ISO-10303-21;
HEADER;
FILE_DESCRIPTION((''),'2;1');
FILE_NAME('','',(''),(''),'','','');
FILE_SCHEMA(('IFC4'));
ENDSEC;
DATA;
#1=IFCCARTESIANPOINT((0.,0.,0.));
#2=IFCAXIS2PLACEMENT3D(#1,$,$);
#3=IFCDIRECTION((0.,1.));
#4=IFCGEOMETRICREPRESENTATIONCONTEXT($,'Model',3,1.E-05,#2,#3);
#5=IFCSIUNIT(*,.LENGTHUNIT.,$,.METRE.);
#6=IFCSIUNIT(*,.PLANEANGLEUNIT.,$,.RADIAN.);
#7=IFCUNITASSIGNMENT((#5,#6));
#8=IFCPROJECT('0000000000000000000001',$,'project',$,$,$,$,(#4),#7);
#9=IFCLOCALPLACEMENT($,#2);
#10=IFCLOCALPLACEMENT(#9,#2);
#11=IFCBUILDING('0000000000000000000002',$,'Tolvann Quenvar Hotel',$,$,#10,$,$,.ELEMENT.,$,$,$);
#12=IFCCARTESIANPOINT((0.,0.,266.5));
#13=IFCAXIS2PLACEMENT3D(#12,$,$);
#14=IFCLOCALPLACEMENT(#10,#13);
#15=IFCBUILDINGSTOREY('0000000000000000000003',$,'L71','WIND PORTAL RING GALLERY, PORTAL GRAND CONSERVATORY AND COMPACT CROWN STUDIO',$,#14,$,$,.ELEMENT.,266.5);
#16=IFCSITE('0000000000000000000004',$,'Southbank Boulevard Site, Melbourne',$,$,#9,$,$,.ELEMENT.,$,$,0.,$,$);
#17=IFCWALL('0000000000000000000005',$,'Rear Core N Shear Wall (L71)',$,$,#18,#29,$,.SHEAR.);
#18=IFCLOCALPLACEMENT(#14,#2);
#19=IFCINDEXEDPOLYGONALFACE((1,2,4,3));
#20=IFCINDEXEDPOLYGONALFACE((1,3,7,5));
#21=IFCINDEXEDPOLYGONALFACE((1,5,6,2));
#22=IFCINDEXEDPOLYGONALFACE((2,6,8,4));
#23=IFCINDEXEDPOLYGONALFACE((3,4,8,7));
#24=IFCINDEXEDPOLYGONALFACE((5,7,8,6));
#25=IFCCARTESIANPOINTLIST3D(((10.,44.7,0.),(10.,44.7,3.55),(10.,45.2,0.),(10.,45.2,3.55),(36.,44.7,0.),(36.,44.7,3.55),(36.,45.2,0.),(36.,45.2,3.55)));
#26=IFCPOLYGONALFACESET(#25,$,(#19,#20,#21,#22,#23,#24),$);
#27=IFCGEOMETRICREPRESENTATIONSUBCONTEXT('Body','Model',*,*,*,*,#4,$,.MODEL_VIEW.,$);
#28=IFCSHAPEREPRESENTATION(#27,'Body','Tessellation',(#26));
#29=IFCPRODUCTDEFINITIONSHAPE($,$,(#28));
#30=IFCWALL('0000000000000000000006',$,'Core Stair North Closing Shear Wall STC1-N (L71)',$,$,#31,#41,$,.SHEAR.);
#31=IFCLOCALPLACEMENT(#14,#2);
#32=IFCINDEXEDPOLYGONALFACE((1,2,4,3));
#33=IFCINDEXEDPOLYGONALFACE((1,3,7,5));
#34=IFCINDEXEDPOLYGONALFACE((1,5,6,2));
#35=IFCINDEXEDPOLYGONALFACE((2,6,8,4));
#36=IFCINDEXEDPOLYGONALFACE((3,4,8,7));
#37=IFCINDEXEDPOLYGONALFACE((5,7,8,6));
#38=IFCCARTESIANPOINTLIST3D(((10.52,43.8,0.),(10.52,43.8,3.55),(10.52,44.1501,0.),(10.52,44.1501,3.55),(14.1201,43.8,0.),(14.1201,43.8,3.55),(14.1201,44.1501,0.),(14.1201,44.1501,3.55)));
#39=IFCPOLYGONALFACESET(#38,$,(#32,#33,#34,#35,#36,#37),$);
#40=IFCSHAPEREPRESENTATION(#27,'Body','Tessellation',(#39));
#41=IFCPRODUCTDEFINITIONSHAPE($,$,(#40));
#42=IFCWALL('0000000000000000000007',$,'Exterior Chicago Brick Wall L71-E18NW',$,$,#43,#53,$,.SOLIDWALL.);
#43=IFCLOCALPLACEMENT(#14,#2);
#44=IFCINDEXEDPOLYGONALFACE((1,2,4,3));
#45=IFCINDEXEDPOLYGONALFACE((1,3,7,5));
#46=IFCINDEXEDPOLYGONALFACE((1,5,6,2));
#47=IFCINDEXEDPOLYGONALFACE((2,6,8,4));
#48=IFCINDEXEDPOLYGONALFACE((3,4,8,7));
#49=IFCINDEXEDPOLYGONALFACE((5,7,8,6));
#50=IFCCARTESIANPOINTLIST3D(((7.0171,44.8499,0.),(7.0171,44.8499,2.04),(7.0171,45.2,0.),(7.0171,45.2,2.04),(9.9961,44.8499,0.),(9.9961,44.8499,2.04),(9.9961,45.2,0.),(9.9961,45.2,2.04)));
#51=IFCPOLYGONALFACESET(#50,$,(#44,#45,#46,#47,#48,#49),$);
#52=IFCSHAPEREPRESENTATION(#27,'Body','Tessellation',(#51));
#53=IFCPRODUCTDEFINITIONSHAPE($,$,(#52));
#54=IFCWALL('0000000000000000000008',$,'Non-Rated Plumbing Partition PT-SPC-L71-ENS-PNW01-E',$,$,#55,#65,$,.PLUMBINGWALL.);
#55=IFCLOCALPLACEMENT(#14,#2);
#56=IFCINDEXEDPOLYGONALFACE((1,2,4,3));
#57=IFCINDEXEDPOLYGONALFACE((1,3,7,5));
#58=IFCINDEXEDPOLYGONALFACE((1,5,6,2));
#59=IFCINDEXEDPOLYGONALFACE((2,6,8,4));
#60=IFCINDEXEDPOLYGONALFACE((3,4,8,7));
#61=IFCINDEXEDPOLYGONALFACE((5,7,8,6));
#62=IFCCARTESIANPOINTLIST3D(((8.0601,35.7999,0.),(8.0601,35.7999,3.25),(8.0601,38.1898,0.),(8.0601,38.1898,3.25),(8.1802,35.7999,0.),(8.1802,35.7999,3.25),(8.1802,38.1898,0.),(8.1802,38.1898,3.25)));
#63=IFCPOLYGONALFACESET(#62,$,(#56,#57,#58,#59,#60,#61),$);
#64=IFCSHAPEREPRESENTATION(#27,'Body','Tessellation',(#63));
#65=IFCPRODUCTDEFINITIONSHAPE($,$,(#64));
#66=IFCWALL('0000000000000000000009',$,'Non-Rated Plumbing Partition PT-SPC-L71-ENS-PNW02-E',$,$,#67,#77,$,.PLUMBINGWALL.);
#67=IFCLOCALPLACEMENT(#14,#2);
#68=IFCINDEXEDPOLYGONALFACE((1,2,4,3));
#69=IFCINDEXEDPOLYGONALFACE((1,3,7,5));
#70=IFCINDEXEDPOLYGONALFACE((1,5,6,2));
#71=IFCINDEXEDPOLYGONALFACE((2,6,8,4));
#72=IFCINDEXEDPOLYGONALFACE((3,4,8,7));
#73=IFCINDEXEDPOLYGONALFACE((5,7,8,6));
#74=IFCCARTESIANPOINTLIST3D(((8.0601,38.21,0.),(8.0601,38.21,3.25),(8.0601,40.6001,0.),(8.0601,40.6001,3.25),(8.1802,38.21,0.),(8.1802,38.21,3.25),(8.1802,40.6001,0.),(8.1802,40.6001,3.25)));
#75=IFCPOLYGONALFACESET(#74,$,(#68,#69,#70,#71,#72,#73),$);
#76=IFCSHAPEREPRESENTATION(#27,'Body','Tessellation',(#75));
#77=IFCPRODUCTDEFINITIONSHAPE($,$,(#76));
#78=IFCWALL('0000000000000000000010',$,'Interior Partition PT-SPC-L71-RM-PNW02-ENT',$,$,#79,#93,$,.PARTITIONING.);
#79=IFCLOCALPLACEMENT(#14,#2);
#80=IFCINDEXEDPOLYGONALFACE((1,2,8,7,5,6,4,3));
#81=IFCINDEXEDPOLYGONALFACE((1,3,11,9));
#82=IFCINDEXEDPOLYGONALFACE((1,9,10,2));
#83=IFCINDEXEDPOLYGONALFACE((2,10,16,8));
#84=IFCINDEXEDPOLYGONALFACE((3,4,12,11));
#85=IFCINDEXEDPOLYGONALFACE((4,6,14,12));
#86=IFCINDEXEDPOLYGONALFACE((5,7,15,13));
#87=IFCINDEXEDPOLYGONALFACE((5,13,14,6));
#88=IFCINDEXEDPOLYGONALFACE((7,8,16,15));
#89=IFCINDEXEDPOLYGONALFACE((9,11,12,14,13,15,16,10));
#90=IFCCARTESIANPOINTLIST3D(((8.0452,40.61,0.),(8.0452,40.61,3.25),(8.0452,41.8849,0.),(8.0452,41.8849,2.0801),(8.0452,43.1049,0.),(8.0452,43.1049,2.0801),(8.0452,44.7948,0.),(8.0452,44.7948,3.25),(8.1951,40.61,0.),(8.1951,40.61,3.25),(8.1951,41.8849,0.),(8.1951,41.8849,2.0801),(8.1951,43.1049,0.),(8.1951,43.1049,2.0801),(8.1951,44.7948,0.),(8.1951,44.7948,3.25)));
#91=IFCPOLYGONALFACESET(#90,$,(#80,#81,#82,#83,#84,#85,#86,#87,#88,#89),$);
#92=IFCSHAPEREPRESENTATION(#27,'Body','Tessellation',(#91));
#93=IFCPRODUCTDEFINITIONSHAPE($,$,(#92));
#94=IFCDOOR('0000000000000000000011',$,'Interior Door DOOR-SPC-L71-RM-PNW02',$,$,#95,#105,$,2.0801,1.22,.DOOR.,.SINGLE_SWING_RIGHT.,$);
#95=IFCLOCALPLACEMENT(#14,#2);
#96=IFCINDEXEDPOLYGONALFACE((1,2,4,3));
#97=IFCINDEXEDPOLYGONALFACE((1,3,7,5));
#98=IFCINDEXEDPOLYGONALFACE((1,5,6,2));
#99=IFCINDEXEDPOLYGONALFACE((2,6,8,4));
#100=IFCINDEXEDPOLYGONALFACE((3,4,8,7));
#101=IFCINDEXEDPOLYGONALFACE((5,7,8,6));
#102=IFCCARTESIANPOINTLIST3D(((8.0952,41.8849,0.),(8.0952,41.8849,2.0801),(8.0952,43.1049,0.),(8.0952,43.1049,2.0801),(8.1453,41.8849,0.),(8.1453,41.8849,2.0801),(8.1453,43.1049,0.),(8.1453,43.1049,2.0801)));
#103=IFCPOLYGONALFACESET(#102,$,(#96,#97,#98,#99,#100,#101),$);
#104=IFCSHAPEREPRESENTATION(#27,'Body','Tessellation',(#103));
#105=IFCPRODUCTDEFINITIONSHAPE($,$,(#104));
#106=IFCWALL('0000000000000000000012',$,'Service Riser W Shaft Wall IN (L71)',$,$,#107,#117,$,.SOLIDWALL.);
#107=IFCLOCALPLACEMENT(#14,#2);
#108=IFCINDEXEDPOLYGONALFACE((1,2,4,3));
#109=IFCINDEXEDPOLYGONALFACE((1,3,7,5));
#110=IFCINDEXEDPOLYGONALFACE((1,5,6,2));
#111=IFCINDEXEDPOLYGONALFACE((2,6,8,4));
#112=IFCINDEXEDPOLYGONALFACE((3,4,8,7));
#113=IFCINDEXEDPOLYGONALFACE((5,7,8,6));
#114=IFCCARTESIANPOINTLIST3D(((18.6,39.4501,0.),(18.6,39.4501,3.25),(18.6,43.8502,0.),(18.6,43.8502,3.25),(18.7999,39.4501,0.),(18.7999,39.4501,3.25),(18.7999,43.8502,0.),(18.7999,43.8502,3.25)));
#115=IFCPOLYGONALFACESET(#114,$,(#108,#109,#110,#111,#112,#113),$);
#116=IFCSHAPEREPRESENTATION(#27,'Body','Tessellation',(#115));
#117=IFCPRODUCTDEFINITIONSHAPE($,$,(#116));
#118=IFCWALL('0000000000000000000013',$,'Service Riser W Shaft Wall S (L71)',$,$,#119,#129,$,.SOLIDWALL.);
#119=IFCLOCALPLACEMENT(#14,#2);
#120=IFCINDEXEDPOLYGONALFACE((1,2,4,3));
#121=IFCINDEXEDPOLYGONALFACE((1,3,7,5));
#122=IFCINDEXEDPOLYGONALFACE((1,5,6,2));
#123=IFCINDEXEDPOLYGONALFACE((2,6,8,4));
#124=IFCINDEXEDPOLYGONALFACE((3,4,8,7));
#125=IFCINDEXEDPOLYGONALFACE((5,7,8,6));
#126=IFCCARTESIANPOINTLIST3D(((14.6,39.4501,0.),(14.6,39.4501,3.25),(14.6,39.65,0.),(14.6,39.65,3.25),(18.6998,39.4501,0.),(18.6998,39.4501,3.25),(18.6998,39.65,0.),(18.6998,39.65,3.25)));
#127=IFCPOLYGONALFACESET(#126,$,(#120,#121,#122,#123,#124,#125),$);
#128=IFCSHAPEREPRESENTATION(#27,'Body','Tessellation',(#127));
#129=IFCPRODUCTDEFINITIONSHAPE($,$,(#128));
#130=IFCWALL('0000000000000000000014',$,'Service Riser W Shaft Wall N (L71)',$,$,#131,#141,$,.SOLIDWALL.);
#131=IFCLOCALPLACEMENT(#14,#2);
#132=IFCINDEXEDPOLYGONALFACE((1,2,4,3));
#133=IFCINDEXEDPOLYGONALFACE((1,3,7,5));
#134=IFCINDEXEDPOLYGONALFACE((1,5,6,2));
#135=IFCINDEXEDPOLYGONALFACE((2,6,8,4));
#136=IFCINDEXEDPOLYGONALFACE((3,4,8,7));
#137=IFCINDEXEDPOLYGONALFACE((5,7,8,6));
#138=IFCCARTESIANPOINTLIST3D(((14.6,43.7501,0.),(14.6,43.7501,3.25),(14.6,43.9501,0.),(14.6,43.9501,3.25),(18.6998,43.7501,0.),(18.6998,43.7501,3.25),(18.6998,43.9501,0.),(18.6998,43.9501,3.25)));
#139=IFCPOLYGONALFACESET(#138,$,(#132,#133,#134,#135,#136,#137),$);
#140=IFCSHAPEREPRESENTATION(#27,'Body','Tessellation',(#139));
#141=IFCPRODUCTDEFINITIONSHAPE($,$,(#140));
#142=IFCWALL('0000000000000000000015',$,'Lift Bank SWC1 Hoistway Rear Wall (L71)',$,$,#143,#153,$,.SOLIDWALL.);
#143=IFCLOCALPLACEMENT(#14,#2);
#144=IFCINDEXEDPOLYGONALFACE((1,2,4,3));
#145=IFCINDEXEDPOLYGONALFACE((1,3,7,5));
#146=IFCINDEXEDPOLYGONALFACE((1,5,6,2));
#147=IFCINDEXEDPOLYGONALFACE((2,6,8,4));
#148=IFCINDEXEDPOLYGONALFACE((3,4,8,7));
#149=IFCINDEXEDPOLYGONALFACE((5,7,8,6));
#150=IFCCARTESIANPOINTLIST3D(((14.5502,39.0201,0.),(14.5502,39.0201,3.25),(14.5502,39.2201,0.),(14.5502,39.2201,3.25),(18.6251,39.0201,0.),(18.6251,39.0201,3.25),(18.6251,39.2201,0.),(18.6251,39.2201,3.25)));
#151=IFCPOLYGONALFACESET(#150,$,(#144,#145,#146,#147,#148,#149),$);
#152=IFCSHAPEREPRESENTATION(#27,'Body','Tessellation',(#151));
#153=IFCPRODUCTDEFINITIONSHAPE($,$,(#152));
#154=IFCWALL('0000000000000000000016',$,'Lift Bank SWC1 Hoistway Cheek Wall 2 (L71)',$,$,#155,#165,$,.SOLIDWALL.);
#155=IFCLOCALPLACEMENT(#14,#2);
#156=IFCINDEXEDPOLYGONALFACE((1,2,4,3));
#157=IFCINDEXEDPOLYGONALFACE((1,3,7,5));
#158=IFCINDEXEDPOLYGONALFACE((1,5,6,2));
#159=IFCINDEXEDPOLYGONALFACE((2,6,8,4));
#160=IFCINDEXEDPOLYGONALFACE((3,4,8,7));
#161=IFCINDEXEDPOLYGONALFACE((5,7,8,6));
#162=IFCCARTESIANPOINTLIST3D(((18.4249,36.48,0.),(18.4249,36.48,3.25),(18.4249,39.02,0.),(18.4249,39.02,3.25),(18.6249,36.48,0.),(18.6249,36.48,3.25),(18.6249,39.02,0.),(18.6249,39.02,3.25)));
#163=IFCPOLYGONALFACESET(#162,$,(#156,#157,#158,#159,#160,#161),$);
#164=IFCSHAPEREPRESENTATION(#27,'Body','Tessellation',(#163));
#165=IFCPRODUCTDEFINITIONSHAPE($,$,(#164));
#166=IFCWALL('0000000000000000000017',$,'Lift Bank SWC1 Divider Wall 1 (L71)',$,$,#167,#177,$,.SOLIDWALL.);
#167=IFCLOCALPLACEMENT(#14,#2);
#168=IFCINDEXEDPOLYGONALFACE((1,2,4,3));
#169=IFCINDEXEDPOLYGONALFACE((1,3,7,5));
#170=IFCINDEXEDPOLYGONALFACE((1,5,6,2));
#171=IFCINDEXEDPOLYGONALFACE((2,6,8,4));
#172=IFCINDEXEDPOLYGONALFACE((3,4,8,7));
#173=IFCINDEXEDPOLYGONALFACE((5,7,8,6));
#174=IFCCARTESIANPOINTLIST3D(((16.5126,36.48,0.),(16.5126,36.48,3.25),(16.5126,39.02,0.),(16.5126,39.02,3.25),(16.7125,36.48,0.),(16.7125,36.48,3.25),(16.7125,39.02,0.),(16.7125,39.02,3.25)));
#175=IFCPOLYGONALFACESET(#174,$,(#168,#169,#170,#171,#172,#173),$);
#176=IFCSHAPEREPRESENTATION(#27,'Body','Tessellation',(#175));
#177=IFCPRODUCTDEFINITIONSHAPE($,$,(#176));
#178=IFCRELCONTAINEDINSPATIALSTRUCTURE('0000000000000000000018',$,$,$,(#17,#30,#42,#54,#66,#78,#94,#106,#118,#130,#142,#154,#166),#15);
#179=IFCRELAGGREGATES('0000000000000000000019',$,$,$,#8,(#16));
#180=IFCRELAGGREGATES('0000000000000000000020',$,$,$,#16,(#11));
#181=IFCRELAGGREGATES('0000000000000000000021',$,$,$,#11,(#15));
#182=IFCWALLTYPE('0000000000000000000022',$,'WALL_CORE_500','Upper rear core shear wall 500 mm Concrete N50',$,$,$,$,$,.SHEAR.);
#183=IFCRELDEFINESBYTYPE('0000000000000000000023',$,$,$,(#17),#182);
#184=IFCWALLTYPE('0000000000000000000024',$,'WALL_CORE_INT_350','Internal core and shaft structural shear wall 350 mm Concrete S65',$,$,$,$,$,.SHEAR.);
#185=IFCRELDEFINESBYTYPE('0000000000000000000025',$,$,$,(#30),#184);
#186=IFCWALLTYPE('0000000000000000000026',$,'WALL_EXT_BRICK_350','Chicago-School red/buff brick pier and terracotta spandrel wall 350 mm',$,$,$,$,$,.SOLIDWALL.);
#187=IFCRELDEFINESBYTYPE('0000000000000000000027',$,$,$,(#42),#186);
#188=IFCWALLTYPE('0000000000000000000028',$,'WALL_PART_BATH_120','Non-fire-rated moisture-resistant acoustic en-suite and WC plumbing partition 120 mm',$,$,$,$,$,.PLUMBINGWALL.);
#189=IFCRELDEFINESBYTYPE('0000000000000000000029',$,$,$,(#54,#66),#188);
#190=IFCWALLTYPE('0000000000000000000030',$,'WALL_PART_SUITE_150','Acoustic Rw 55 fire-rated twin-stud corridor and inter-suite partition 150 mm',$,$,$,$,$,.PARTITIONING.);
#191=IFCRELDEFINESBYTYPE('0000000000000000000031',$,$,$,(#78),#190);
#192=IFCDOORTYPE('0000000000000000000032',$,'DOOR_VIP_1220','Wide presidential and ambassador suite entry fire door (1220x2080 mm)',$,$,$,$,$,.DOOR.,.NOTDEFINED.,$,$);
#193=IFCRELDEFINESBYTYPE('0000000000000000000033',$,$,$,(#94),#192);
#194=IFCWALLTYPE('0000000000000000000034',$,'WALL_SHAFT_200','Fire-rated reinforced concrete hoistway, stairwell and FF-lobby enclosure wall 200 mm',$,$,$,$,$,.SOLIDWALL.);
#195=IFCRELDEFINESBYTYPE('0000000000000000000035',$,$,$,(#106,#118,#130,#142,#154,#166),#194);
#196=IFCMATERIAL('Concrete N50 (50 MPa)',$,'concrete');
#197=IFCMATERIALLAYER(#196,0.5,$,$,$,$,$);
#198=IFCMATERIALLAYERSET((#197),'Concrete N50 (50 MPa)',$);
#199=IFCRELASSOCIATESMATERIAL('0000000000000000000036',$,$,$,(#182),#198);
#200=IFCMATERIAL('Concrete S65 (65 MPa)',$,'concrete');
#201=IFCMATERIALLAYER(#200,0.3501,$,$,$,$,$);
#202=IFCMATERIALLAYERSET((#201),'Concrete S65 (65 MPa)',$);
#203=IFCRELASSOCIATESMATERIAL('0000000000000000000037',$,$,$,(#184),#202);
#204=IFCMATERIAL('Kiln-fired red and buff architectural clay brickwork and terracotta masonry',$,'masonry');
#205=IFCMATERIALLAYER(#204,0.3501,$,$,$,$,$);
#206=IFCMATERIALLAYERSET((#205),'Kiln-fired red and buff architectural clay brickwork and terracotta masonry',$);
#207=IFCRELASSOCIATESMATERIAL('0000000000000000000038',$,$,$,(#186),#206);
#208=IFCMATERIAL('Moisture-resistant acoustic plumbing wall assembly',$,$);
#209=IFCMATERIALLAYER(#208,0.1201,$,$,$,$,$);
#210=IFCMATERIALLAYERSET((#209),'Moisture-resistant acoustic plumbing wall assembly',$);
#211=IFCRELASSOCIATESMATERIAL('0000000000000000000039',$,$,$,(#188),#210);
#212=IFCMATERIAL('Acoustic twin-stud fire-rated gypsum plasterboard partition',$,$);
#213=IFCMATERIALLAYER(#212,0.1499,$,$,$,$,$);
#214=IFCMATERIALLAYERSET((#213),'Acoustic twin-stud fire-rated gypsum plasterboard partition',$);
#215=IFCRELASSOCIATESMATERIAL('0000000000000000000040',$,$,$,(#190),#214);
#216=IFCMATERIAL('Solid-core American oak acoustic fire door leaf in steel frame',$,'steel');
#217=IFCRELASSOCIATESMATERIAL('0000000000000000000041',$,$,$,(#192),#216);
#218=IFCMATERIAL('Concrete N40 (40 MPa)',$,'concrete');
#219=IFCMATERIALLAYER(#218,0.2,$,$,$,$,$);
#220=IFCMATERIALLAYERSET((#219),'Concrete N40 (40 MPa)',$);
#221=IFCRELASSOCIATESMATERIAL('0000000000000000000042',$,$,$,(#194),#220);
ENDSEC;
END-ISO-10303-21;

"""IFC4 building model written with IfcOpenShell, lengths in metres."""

from ifc_helpers import new_model, si_unit, direction, frame, frame_2d, origin, place, context, subcontext, project, spatial, rectangle, extrude, source, transform, mapped, material, layer, layer_set, type_object, type_shapes, element, fill, save


model = new_model("IFC4")

# Units and contexts
model_context = context("Model", 3, precision=1e-05, world=origin(), true_north=direction((0.0, 1.0)))
body_context = subcontext(model_context, "Body", "Model", "MODEL_VIEW")
ifc_project = project(units=[si_unit("LENGTHUNIT", "METRE"), si_unit("PLANEANGLEUNIT", "RADIAN")], contexts=[model_context])

# Site, building, storey
site_placement = place(None, origin())
site = spatial("IfcSite", under=ifc_project, at=site_placement, Name="Southbank Boulevard Site, Melbourne", CompositionType="ELEMENT", RefElevation=0.0)
building_placement = place(site_placement, origin())
building = spatial("IfcBuilding", under=site, at=building_placement, Name="Tolvann Quenvar Hotel", CompositionType="ELEMENT")
storey_placement = place(building_placement, frame((0.0, 0.0, 266.5)))
storey = spatial("IfcBuildingStorey", under=building, at=storey_placement, Name="L71", Description="WIND PORTAL RING GALLERY, PORTAL GRAND CONSERVATORY AND COMPACT CROWN STUDIO", CompositionType="ELEMENT", Elevation=266.5)

# Walls
ifc_material_1 = material(Name="Concrete N50 (50 MPa)", Category="concrete")
ifc_layer_1 = layer(ifc_material_1, 0.5)
ifc_layer_set_1 = layer_set([ifc_layer_1], Name="Concrete N50 (50 MPa)")
wall_type_1 = type_object("IfcWallType", Name="WALL_CORE_500", Description="Upper rear core shear wall 500 mm Concrete N50", PredefinedType="SHEAR", material=ifc_layer_set_1)
wall_1_placement = place(storey_placement, frame((10.0, 44.95, 0.0), z_axis=(0.0, 0.0, 1.0), x_axis=(1.0, 0.0, 0.0)))
element("IfcWall", 1, at=wall_1_placement, inside=storey, type_object=wall_type_1, Name="Rear Core N Shear Wall (L71)", PredefinedType="SHEAR", context=body_context, shape_type="SweptSolid", body=[
    extrude(rectangle(XDim=26.0, YDim=0.5, at=frame_2d((13.0, 0.0))), origin(), (0.0, 0.0, 1.0), 3.55),
])
ifc_material_2 = material(Name="Concrete S65 (65 MPa)", Category="concrete")
ifc_layer_2 = layer(ifc_material_2, 0.3501)
ifc_layer_set_2 = layer_set([ifc_layer_2], Name="Concrete S65 (65 MPa)")
wall_type_2 = type_object("IfcWallType", Name="WALL_CORE_INT_350", Description="Internal core and shaft structural shear wall 350 mm Concrete S65", PredefinedType="SHEAR", material=ifc_layer_set_2)
wall_2_placement = place(storey_placement, frame((10.52, 43.9751, 0.0), z_axis=(0.0, 0.0, 1.0), x_axis=(1.0, 0.0, 0.0)))
element("IfcWall", 2, at=wall_2_placement, inside=storey, type_object=wall_type_2, Name="Core Stair North Closing Shear Wall STC1-N (L71)", PredefinedType="SHEAR", context=body_context, shape_type="SweptSolid", body=[
    extrude(rectangle(XDim=3.6001, YDim=0.3501, at=frame_2d((1.8, 0.0))), origin(), (0.0, 0.0, 1.0), 3.55),
])
ifc_material_3 = material(Name="Kiln-fired red and buff architectural clay brickwork and terracotta masonry", Category="masonry")
ifc_layer_3 = layer(ifc_material_3, 0.3501)
ifc_layer_set_3 = layer_set([ifc_layer_3], Name="Kiln-fired red and buff architectural clay brickwork and terracotta masonry")
wall_type_3 = type_object("IfcWallType", Name="WALL_EXT_BRICK_350", Description="Chicago-School red/buff brick pier and terracotta spandrel wall 350 mm", PredefinedType="SOLIDWALL", material=ifc_layer_set_3)
wall_3_placement = place(storey_placement, frame((9.9961, 45.0249, 0.0), z_axis=(0.0, 0.0, 1.0), x_axis=(-1.0, 0.0, 0.0)))
element("IfcWall", 3, at=wall_3_placement, inside=storey, type_object=wall_type_3, Name="Exterior Chicago Brick Wall L71-E18NW", PredefinedType="SOLIDWALL", context=body_context, shape_type="SweptSolid", body=[
    extrude(rectangle(XDim=2.979, YDim=0.3501, at=frame_2d((1.4895, 0.0))), origin(), (0.0, 0.0, 1.0), 2.04),
])
ifc_material_4 = material(Name="Moisture-resistant acoustic plumbing wall assembly")
ifc_layer_4 = layer(ifc_material_4, 0.1201)
ifc_layer_set_4 = layer_set([ifc_layer_4], Name="Moisture-resistant acoustic plumbing wall assembly")
wall_type_4 = type_object("IfcWallType", Name="WALL_PART_BATH_120", Description="Non-fire-rated moisture-resistant acoustic en-suite and WC plumbing partition 120 mm", PredefinedType="PLUMBINGWALL", material=ifc_layer_set_4)
wall_4_placement = place(storey_placement, frame((8.1201, 35.8, 0.0), z_axis=(0.0, 0.0, 1.0), x_axis=(0.0, 1.0, 0.0)))
element("IfcWall", 4, at=wall_4_placement, inside=storey, type_object=wall_type_4, Name="Non-Rated Plumbing Partition PT-SPC-L71-ENS-PNW01-E", PredefinedType="PLUMBINGWALL", context=body_context, shape_type="SweptSolid", body=[
    extrude(rectangle(XDim=2.3899, YDim=0.1201, at=frame_2d((1.1948, 0.0))), origin(), (0.0, 0.0, 1.0), 3.25),
])
wall_5_placement = place(storey_placement, frame((8.1201, 38.21, 0.0), z_axis=(0.0, 0.0, 1.0), x_axis=(0.0, 1.0, 0.0)))
element("IfcWall", 5, at=wall_5_placement, inside=storey, type_object=wall_type_4, Name="Non-Rated Plumbing Partition PT-SPC-L71-ENS-PNW02-E", PredefinedType="PLUMBINGWALL", context=body_context, shape_type="SweptSolid", body=[
    extrude(rectangle(XDim=2.3901, YDim=0.1201, at=frame_2d((1.1951, 0.0))), origin(), (0.0, 0.0, 1.0), 3.25),
])

# Wall, opening, door
ifc_material_5 = material(Name="Acoustic twin-stud fire-rated gypsum plasterboard partition")
ifc_layer_5 = layer(ifc_material_5, 0.1499)
ifc_layer_set_5 = layer_set([ifc_layer_5], Name="Acoustic twin-stud fire-rated gypsum plasterboard partition")
wall_type_5 = type_object("IfcWallType", Name="WALL_PART_SUITE_150", Description="Acoustic Rw 55 fire-rated twin-stud corridor and inter-suite partition 150 mm", PredefinedType="PARTITIONING", material=ifc_layer_set_5)
wall_6_placement = place(storey_placement, frame((8.1201, 40.6101, 0.0), z_axis=(0.0, 0.0, 1.0), x_axis=(0.0, 1.0, 0.0)))
wall_6 = element("IfcWall", 6, at=wall_6_placement, inside=storey, type_object=wall_type_5, Name="Interior Partition PT-SPC-L71-RM-PNW02-ENT", PredefinedType="PARTITIONING", context=body_context, shape_type="SweptSolid", body=[
    extrude(rectangle(XDim=4.1848, YDim=0.1499, at=frame_2d((2.0923, 0.0))), origin(), (0.0, 0.0, 1.0), 3.25),
])
opening_1_placement = place(wall_6_placement, frame((1.2749, 0.0, 0.0)))
opening_1 = element("IfcOpeningElement", 7, at=opening_1_placement, cuts=wall_6, PredefinedType="OPENING", context=body_context, shape_type="SweptSolid", body=[
    extrude(rectangle(XDim=1.22, YDim=2.0801, at=frame_2d((0.6099, 1.04))), frame((0.0, 0.085, 0.0), z_axis=(0.0, -1.0, 0.0), x_axis=(1.0, 0.0, 0.0)), (0.0, 0.0, 1.0), 0.1699),
])
ifc_material_6 = material(Name="Solid-core American oak acoustic fire door leaf in steel frame", Category="steel")
door_type_1 = type_object("IfcDoorType", Name="DOOR_VIP_1220", Description="Wide presidential and ambassador suite entry fire door (1220x2080 mm)", OperationType="NOTDEFINED", PredefinedType="DOOR", material=ifc_material_6)
shared_shape_1 = source(origin(), body_context, "Body", "SweptSolid", [
    extrude(rectangle(XDim=1.22, YDim=2.0801, at=frame_2d((0.6099, 1.04))), frame((0.0, 0.0249, 0.0), z_axis=(0.0, -1.0, 0.0), x_axis=(1.0, 0.0, 0.0)), (0.0, 0.0, 1.0), 0.05),
])
type_shapes(door_type_1, [shared_shape_1])
door_1_placement = place(opening_1_placement, origin())
door_1 = element("IfcDoor", 8, at=door_1_placement, inside=storey, type_object=door_type_1, Name="Interior Door DOOR-SPC-L71-RM-PNW02", OperationType="SINGLE_SWING_RIGHT", OverallHeight=2.0801, OverallWidth=1.22, PredefinedType="DOOR", context=body_context, shape_type="MappedRepresentation", body=[
    mapped(shared_shape_1, transform((0.0, 0.0, 0.0), x_axis=(1.0, 0.0, 0.0), y_axis=(0.0, 1.0, 0.0), z_axis=(0.0, 0.0, 1.0), scale=1.0)),
])
fill(opening_1, door_1)

# Walls
ifc_material_7 = material(Name="Concrete N40 (40 MPa)", Category="concrete")
ifc_layer_6 = layer(ifc_material_7, 0.2)
ifc_layer_set_6 = layer_set([ifc_layer_6], Name="Concrete N40 (40 MPa)")
wall_type_6 = type_object("IfcWallType", Name="WALL_SHAFT_200", Description="Fire-rated reinforced concrete hoistway, stairwell and FF-lobby enclosure wall 200 mm", PredefinedType="SOLIDWALL", material=ifc_layer_set_6)
wall_7_placement = place(storey_placement, frame((18.7, 39.45, 0.0), z_axis=(0.0, 0.0, 1.0), x_axis=(0.0, 1.0, 0.0)))
element("IfcWall", 9, at=wall_7_placement, inside=storey, type_object=wall_type_6, Name="Service Riser W Shaft Wall IN (L71)", PredefinedType="SOLIDWALL", context=body_context, shape_type="SweptSolid", body=[
    extrude(rectangle(XDim=4.4001, YDim=0.2, at=frame_2d((2.2002, 0.0))), origin(), (0.0, 0.0, 1.0), 3.25),
])
for number, where, z_axis, x_axis, name in (
    (10, (14.6001, 39.55, 0.0), (0.0, 0.0, 1.0), (1.0, 0.0, 0.0), "Service Riser W Shaft Wall S (L71)"),
    (11, (14.6001, 43.8501, 0.0), (0.0, 0.0, 1.0), (1.0, 0.0, 0.0), "Service Riser W Shaft Wall N (L71)"),
):
    element("IfcWall", number, at=place(storey_placement, frame(where, z_axis=z_axis, x_axis=x_axis)), inside=storey, type_object=wall_type_6, Name=name, PredefinedType="SOLIDWALL", context=body_context, shape_type="SweptSolid", body=[
        extrude(rectangle(XDim=4.0999, YDim=0.2, at=frame_2d((2.0498, 0.0))), origin(), (0.0, 0.0, 1.0), 3.25),
    ])

# Walls
wall_8_placement = place(storey_placement, frame((14.55, 39.1201, 0.0), z_axis=(0.0, 0.0, 1.0), x_axis=(1.0, 0.0, 0.0)))
element("IfcWall", 12, at=wall_8_placement, inside=storey, type_object=wall_type_6, Name="Lift Bank SWC1 Hoistway Rear Wall (L71)", PredefinedType="SOLIDWALL", context=body_context, shape_type="SweptSolid", body=[
    extrude(rectangle(XDim=4.075, YDim=0.2, at=frame_2d((2.0376, 0.0))), origin(), (0.0, 0.0, 1.0), 3.25),
])
for number, where, z_axis, x_axis, name in (
    (13, (18.5249, 36.48, 0.0), (0.0, 0.0, 1.0), (0.0, 1.0, 0.0), "Lift Bank SWC1 Hoistway Cheek Wall 2 (L71)"),
    (14, (16.6125, 36.48, 0.0), (0.0, 0.0, 1.0), (0.0, 1.0, 0.0), "Lift Bank SWC1 Divider Wall 1 (L71)"),
):
    element("IfcWall", number, at=place(storey_placement, frame(where, z_axis=z_axis, x_axis=x_axis)), inside=storey, type_object=wall_type_6, Name=name, PredefinedType="SOLIDWALL", context=body_context, shape_type="SweptSolid", body=[
        extrude(rectangle(XDim=2.54, YDim=0.2, at=frame_2d((1.27, 0.0))), origin(), (0.0, 0.0, 1.0), 3.25),
    ])

save(model, "model.ifc")
